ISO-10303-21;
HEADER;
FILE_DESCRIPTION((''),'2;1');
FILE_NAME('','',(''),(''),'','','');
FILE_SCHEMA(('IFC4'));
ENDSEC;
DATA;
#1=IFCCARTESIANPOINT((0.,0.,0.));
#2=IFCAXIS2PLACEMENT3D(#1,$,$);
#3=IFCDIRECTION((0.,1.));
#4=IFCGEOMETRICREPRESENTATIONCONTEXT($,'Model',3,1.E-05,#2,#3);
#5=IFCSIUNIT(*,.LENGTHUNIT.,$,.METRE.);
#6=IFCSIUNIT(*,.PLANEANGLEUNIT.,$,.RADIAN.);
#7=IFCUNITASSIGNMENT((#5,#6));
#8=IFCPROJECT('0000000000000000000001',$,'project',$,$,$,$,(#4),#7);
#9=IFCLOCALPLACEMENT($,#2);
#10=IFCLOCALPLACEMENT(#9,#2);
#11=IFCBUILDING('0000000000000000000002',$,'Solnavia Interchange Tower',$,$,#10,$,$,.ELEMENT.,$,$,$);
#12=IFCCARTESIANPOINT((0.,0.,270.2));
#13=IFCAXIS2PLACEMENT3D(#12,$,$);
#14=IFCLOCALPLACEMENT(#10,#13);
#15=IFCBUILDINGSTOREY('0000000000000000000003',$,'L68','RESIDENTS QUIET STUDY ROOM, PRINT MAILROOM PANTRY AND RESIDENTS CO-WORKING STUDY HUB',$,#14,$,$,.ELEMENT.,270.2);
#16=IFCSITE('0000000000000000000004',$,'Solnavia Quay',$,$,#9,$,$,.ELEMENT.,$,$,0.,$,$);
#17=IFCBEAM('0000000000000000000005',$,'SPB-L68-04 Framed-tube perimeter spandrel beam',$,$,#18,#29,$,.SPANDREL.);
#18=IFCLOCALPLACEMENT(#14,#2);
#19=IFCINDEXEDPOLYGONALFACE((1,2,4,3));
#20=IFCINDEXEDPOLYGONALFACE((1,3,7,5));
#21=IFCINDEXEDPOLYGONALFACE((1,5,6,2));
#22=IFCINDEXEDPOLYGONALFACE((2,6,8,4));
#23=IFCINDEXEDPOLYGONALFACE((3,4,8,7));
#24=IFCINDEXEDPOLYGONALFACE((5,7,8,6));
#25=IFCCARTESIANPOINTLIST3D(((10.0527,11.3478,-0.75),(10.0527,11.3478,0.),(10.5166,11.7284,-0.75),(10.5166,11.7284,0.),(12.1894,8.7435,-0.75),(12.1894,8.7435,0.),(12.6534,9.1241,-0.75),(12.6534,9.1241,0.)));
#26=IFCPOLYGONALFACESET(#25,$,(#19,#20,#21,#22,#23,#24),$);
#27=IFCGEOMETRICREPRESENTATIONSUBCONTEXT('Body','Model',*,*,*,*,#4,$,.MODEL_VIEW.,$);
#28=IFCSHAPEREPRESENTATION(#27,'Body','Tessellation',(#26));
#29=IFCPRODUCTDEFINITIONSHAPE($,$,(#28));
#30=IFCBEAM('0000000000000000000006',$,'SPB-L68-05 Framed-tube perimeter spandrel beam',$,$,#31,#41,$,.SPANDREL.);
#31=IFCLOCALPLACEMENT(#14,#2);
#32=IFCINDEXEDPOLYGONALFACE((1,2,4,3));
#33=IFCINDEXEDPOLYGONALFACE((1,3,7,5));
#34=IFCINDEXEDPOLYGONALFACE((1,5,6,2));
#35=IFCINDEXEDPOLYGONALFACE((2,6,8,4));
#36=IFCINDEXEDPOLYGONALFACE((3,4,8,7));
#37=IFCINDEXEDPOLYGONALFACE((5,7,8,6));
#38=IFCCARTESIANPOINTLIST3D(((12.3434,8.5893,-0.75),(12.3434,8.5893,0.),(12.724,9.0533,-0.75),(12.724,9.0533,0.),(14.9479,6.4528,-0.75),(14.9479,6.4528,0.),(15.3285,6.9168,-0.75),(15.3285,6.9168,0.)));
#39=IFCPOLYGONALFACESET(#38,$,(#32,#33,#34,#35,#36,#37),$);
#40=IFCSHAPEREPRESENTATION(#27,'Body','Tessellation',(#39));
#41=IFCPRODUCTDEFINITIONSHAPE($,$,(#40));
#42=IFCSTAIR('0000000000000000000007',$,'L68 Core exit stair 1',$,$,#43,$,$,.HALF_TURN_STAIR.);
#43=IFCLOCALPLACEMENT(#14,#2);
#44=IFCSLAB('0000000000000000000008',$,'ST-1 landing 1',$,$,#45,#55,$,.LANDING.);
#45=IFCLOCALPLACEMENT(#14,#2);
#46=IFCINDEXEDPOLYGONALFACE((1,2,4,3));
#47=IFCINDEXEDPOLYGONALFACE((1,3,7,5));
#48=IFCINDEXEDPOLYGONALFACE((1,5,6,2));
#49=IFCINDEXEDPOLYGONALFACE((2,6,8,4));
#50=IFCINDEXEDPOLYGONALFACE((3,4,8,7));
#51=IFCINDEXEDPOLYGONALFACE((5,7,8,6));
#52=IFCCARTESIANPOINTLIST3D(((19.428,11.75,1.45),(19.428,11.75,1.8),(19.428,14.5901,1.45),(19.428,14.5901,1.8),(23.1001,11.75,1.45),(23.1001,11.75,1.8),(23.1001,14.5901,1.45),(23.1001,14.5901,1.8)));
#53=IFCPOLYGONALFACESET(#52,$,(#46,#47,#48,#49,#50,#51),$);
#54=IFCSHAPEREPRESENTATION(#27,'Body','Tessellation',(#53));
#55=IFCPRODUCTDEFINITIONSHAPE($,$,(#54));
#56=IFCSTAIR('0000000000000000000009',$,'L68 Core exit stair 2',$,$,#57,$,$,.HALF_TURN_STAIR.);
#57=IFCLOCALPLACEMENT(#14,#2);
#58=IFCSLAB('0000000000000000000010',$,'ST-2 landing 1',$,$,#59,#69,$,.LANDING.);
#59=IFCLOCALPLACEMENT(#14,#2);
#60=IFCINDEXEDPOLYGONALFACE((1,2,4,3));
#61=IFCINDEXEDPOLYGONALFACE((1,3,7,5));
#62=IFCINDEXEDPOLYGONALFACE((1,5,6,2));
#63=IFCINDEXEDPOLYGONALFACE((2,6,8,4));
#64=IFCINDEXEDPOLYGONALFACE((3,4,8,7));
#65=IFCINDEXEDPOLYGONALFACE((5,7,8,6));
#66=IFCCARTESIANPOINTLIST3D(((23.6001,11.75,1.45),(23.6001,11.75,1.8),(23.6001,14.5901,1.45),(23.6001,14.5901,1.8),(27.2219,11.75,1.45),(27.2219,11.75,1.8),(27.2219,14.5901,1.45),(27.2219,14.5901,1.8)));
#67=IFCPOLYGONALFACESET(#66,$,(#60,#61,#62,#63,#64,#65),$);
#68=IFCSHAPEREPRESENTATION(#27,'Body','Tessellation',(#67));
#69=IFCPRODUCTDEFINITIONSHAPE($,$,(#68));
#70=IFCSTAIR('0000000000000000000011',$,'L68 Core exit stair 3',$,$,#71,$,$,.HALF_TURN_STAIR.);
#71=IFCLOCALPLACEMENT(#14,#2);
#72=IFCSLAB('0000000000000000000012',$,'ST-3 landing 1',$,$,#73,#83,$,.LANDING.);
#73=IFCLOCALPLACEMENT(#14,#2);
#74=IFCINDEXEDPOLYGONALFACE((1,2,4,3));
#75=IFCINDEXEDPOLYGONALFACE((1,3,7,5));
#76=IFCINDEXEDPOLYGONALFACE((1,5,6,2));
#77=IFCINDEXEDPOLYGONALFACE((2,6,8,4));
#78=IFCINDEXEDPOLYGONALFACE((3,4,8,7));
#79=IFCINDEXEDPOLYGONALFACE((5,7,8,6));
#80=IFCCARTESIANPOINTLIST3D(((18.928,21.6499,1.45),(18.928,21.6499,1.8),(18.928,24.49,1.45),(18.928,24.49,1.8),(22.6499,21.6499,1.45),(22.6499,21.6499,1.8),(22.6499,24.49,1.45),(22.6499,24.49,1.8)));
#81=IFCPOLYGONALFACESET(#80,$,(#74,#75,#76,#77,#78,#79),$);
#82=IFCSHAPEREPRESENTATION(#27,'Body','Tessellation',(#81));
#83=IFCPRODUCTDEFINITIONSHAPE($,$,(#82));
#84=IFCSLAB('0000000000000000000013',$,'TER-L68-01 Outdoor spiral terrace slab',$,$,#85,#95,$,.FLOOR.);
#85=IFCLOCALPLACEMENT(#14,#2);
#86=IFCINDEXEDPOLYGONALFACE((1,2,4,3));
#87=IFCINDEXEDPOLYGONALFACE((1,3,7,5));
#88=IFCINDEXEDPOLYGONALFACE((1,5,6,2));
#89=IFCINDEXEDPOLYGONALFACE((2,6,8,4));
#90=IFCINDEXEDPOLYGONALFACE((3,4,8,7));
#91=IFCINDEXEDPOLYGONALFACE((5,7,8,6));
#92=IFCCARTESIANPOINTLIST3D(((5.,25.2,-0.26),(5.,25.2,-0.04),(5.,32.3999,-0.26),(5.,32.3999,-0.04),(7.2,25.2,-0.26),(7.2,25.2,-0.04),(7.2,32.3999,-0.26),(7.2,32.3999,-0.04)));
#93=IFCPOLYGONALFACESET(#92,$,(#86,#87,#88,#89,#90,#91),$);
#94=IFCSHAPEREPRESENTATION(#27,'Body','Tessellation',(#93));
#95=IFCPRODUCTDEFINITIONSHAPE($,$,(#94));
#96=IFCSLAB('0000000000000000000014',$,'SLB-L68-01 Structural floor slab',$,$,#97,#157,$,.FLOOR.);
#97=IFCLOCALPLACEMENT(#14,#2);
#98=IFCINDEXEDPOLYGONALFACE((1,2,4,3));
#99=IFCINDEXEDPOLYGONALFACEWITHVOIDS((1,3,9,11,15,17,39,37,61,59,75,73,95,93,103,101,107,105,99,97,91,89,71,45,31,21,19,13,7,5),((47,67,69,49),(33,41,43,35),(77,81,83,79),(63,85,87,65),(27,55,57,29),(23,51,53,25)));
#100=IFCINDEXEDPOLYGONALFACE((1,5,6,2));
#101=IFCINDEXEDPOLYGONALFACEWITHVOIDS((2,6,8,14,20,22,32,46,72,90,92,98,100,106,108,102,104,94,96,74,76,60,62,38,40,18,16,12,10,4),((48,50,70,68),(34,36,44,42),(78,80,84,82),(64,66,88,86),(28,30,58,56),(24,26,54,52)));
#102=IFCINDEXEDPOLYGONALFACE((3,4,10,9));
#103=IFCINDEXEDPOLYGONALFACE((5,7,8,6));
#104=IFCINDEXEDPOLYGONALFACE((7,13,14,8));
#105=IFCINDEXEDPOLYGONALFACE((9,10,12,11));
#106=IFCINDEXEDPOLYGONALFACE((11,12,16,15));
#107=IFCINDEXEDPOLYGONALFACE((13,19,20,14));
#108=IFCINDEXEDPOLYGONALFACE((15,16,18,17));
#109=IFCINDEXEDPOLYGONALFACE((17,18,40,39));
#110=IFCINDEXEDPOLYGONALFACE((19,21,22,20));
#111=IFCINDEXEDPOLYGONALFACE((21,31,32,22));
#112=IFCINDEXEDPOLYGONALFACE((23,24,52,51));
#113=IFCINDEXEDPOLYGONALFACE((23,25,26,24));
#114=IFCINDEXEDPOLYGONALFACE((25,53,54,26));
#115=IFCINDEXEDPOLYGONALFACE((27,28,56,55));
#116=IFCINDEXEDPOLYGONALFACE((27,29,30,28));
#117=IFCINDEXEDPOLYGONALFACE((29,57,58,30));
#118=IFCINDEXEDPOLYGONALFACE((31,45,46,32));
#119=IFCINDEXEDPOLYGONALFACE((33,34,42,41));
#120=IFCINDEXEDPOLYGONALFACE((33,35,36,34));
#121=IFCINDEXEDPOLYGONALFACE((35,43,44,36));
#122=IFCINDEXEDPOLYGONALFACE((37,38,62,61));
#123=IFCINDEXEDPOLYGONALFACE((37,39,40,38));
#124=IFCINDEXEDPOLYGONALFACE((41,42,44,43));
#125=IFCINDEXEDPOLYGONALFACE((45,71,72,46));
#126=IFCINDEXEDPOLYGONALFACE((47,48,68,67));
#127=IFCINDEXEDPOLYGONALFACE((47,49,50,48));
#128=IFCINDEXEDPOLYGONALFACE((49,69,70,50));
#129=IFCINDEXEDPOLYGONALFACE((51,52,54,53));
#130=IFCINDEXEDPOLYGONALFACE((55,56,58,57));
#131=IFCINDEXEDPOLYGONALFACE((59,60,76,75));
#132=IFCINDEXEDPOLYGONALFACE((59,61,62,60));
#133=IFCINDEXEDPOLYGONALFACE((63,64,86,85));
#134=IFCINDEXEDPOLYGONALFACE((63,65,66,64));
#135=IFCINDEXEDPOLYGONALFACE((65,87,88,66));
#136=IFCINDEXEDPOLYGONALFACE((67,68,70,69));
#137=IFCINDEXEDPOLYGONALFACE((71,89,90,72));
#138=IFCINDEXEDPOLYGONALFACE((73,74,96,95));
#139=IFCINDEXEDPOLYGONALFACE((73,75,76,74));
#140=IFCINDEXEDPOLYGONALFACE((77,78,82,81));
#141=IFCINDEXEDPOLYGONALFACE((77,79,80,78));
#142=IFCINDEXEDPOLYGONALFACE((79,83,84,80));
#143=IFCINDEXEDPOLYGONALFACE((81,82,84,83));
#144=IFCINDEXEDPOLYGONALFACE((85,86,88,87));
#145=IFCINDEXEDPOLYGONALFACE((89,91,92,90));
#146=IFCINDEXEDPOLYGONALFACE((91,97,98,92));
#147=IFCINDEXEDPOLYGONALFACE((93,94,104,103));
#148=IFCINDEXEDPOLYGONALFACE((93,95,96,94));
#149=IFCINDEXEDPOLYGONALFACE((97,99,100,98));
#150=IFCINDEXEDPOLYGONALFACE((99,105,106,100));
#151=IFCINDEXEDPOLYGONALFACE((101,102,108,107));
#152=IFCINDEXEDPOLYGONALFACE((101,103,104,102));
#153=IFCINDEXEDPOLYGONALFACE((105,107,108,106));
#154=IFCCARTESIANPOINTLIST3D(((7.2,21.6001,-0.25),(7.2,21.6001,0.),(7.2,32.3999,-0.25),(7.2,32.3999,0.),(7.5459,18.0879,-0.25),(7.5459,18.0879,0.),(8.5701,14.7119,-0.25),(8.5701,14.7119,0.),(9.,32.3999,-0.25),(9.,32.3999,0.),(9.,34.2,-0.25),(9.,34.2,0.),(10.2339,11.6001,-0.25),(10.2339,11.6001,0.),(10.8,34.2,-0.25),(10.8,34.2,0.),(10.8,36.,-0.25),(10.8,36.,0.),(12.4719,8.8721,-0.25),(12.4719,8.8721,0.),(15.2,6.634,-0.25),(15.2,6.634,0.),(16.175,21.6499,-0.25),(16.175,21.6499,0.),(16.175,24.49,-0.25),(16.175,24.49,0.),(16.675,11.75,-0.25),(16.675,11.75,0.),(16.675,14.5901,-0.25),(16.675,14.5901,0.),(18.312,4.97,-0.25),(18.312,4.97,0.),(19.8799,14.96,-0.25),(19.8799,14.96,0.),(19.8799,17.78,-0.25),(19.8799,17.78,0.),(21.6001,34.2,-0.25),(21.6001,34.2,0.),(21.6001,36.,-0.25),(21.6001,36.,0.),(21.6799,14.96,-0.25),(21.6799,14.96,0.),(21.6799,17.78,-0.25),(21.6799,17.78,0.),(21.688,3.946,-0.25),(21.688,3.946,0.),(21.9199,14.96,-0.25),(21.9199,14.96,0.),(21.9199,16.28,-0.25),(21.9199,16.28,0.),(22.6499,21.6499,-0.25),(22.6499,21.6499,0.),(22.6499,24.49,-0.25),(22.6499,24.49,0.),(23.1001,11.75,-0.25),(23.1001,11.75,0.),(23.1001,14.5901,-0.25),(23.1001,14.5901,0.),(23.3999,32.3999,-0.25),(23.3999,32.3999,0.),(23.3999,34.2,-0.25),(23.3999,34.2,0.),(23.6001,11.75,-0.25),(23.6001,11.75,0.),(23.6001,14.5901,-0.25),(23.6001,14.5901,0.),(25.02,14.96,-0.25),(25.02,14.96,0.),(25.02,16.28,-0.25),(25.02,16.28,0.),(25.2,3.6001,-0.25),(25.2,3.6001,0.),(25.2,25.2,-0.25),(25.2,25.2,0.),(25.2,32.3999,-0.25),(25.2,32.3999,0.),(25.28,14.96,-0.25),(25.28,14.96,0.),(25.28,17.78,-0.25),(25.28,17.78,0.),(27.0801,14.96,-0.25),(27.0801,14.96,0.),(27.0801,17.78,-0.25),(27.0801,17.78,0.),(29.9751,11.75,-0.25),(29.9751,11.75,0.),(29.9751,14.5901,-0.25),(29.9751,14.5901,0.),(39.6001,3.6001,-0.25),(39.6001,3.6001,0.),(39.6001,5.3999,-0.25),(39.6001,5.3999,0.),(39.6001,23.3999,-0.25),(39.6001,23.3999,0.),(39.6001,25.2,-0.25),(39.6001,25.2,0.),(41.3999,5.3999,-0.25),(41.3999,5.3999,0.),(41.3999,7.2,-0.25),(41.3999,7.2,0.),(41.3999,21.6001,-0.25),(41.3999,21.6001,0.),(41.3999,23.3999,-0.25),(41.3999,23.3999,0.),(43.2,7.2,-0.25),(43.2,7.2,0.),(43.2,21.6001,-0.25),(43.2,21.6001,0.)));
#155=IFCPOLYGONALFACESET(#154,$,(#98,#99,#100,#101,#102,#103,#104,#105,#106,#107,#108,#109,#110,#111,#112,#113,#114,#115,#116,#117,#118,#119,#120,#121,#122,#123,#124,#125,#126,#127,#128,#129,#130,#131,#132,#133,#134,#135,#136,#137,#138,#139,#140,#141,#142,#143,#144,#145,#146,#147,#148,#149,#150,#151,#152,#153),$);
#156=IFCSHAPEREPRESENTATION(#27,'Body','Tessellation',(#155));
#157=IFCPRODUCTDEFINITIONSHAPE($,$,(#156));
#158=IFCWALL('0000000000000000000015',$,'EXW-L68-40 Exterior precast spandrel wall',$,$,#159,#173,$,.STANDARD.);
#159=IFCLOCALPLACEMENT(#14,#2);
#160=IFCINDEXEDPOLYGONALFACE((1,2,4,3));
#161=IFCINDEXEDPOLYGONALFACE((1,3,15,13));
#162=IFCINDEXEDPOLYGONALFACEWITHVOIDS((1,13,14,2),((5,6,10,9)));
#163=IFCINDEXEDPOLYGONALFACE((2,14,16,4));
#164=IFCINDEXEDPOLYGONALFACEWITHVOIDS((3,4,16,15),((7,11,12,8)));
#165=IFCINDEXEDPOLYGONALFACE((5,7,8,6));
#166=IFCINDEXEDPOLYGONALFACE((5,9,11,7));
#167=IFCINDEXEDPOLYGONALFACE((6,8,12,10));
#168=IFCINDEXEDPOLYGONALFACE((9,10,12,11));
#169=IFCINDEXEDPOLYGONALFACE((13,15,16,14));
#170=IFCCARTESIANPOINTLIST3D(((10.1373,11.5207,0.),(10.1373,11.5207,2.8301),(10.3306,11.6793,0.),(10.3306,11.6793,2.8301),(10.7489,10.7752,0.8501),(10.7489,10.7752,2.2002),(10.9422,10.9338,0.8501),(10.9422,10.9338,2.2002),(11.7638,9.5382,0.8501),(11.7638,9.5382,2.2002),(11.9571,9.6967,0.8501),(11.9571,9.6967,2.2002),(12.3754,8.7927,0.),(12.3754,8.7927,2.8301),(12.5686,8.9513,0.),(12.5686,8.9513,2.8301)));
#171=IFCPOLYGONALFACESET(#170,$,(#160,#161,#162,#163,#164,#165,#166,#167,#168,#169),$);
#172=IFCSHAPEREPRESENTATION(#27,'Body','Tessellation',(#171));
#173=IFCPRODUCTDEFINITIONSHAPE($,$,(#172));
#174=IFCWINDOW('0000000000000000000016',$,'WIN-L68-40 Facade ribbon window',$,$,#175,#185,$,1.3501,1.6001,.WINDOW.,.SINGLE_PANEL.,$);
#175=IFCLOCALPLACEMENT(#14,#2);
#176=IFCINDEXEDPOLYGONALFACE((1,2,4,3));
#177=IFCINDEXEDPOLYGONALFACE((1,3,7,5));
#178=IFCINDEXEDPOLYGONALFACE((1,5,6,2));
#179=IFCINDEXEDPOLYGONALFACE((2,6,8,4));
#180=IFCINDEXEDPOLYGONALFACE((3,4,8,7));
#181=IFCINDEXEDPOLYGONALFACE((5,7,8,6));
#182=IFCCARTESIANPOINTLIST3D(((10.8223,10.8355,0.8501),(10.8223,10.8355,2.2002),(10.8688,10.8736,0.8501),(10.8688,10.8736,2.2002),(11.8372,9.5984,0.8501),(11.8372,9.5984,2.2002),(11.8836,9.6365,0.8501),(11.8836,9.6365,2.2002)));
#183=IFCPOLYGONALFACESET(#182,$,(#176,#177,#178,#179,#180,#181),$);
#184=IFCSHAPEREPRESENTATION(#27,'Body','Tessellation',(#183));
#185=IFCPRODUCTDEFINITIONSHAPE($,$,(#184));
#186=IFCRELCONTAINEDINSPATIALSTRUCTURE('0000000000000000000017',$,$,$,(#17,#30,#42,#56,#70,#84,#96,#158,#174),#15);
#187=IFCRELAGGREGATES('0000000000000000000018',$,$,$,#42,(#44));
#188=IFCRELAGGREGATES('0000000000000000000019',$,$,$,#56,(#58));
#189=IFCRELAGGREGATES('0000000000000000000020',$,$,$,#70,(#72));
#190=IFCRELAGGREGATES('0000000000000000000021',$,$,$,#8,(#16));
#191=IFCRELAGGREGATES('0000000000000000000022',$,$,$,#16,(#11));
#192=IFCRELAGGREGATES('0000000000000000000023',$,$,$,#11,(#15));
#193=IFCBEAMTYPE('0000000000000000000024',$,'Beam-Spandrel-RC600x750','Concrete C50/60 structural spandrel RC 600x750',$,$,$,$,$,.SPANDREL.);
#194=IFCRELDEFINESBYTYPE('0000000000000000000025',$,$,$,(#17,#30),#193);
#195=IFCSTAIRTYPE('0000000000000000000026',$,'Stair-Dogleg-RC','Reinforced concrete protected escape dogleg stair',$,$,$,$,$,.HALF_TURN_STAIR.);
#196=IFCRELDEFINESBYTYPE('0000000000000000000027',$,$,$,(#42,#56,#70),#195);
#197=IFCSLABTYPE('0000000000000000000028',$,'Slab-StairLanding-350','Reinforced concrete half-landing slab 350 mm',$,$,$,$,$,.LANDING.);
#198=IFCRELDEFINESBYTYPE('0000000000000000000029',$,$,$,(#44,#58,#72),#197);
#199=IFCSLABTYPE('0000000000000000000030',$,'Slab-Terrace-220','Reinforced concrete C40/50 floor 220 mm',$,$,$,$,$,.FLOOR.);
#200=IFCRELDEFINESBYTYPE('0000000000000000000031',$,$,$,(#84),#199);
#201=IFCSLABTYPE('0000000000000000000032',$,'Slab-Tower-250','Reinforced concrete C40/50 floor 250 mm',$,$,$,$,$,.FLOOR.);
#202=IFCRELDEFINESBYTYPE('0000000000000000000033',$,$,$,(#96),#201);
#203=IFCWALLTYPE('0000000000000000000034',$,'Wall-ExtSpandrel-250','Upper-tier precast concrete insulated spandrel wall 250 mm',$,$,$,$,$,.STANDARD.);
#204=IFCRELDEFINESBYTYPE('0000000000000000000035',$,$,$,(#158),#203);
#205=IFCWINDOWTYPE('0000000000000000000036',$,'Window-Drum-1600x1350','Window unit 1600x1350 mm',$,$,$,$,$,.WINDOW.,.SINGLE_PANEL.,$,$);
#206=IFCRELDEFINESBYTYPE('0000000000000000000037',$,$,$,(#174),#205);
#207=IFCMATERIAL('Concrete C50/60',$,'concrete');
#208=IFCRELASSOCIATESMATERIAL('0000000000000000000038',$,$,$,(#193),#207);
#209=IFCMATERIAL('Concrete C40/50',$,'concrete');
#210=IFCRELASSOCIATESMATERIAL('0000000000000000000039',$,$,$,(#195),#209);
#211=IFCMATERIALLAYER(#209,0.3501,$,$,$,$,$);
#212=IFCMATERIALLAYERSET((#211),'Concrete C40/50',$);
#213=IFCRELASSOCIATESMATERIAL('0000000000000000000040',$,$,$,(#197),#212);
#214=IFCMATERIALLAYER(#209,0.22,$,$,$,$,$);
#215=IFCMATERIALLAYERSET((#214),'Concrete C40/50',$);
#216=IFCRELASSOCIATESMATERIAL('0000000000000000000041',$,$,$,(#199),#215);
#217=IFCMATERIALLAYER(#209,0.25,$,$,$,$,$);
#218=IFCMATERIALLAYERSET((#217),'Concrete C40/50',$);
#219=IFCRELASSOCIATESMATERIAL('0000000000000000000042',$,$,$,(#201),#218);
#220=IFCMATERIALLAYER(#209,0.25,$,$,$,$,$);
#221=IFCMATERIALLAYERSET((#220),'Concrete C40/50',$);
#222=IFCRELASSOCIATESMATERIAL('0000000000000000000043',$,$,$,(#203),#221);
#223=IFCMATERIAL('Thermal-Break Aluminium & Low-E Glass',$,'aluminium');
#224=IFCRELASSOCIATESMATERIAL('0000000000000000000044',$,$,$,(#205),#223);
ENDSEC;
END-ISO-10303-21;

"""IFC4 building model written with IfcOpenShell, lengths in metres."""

from ifc_helpers import new_model, si_unit, direction, frame, frame_2d, origin, origin_2d, place, context, subcontext, project, spatial, polyline, rectangle, outline, extrude, material, layer, layer_set, material_profile, profile_set, type_object, element, fill, aggregate, save


model = new_model("IFC4")

# Units and contexts
model_context = context("Model", 3, precision=1e-05, world=origin(), true_north=direction((0.0, 1.0)))
body_context = subcontext(model_context, "Body", "Model", "MODEL_VIEW")
ifc_project = project(units=[si_unit("LENGTHUNIT", "METRE"), si_unit("PLANEANGLEUNIT", "RADIAN")], contexts=[model_context])

# Site, building, storey
site_placement = place(None, origin())
site = spatial("IfcSite", under=ifc_project, at=site_placement, Name="Solnavia Quay", CompositionType="ELEMENT", RefElevation=0.0)
building_placement = place(site_placement, origin())
building = spatial("IfcBuilding", under=site, at=building_placement, Name="Solnavia Interchange Tower", CompositionType="ELEMENT")
storey_placement = place(building_placement, frame((0.0, 0.0, 270.2)))
storey = spatial("IfcBuildingStorey", under=building, at=storey_placement, Name="L68", Description="RESIDENTS QUIET STUDY ROOM, PRINT MAILROOM PANTRY AND RESIDENTS CO-WORKING STUDY HUB", CompositionType="ELEMENT", Elevation=270.2)

# Shared definitions
ifc_material_1 = material(Name="Concrete C50/60", Category="concrete")

# Beams
ifc_material_profile_1 = material_profile(ifc_material_1, rectangle(XDim=0.6001, YDim=0.75, at=origin_2d()), Name="RC 600x750")
ifc_profile_set_1 = profile_set([ifc_material_profile_1], Name="Concrete C50/60")
beam_type_1 = type_object("IfcBeamType", Name="Beam-Spandrel-RC600x750", Description="Concrete C50/60 structural spandrel RC 600x750", PredefinedType="SPANDREL", material=ifc_profile_set_1)
for number, where, z_axis, x_axis, name in (
    (1, (10.2847, 11.5381, -0.375), (0.634299, -0.773088, 0.0), (0.773088, 0.634299, 0.0), "SPB-L68-04 Framed-tube perimeter spandrel beam"),
    (2, (12.5337, 8.8213, -0.375), (0.773153, -0.63422, 0.0), (0.63422, 0.773153, 0.0), "SPB-L68-05 Framed-tube perimeter spandrel beam"),
):
    element("IfcBeam", number, at=place(storey_placement, frame(where, z_axis=z_axis, x_axis=x_axis)), inside=storey, type_object=beam_type_1, Name=name, PredefinedType="SPANDREL", context=body_context, shape_type="SweptSolid", body=[
        extrude(rectangle(XDim=0.6001, YDim=0.75, at=origin_2d()), origin(), (0.0, 0.0, 1.0), 3.3687),
    ])

# Stairs, slabs
ifc_material_2 = material(Name="Concrete C40/50", Category="concrete")
stair_type = type_object("IfcStairType", Name="Stair-Dogleg-RC", Description="Reinforced concrete protected escape dogleg stair", PredefinedType="HALF_TURN_STAIR", material=ifc_material_2)
stair_1_placement = place(storey_placement, origin())
stair_1 = element("IfcStair", 3, at=stair_1_placement, inside=storey, type_object=stair_type, Name="L68 Core exit stair 1", PredefinedType="HALF_TURN_STAIR")
ifc_layer_1 = layer(ifc_material_2, 0.3501)
ifc_layer_set_1 = layer_set([ifc_layer_1], Name="Concrete C40/50")
slab_type_1 = type_object("IfcSlabType", Name="Slab-StairLanding-350", Description="Reinforced concrete half-landing slab 350 mm", PredefinedType="LANDING", material=ifc_layer_set_1)
slab_1_placement = place(storey_placement, frame((0.0, 0.0, 1.45)))
slab_1 = element("IfcSlab", 4, at=slab_1_placement, type_object=slab_type_1, Name="ST-1 landing 1", PredefinedType="LANDING", context=body_context, shape_type="SweptSolid", body=[
    extrude(outline(polyline([(19.428, 11.75), (23.1001, 11.75), (23.1001, 14.5901), (19.428, 14.5901), (19.428, 11.75)])), origin(), (0.0, 0.0, 1.0), 0.3501),
])
aggregate(stair_1, [slab_1])
stair_2_placement = place(storey_placement, origin())
stair_2 = element("IfcStair", 5, at=stair_2_placement, inside=storey, type_object=stair_type, Name="L68 Core exit stair 2", PredefinedType="HALF_TURN_STAIR")
slab_2_placement = place(storey_placement, frame((0.0, 0.0, 1.45)))
slab_2 = element("IfcSlab", 6, at=slab_2_placement, type_object=slab_type_1, Name="ST-2 landing 1", PredefinedType="LANDING", context=body_context, shape_type="SweptSolid", body=[
    extrude(outline(polyline([(23.6001, 11.75), (27.2219, 11.75), (27.2219, 14.5901), (23.6001, 14.5901), (23.6001, 11.75)])), origin(), (0.0, 0.0, 1.0), 0.3501),
])
aggregate(stair_2, [slab_2])
stair_3_placement = place(storey_placement, origin())
stair_3 = element("IfcStair", 7, at=stair_3_placement, inside=storey, type_object=stair_type, Name="L68 Core exit stair 3", PredefinedType="HALF_TURN_STAIR")
slab_3_placement = place(storey_placement, frame((0.0, 0.0, 1.45)))
slab_3 = element("IfcSlab", 8, at=slab_3_placement, type_object=slab_type_1, Name="ST-3 landing 1", PredefinedType="LANDING", context=body_context, shape_type="SweptSolid", body=[
    extrude(outline(polyline([(18.928, 21.6499), (22.6499, 21.6499), (22.6499, 24.49), (18.928, 24.49), (18.928, 21.6499)])), origin(), (0.0, 0.0, 1.0), 0.3501),
])
aggregate(stair_3, [slab_3])

# Slabs
ifc_layer_2 = layer(ifc_material_2, 0.22)
ifc_layer_set_2 = layer_set([ifc_layer_2], Name="Concrete C40/50")
slab_type_2 = type_object("IfcSlabType", Name="Slab-Terrace-220", Description="Reinforced concrete C40/50 floor 220 mm", PredefinedType="FLOOR", material=ifc_layer_set_2)
slab_4_placement = place(storey_placement, frame((0.0, 0.0, -0.26)))
element("IfcSlab", 9, at=slab_4_placement, inside=storey, type_object=slab_type_2, Name="TER-L68-01 Outdoor spiral terrace slab", PredefinedType="FLOOR", context=body_context, shape_type="SweptSolid", body=[
    extrude(outline(polyline([(5.0, 25.2), (7.2, 25.2), (7.2, 32.3999), (5.0, 32.3999), (5.0, 25.2)])), origin(), (0.0, 0.0, 1.0), 0.22),
])
ifc_layer_3 = layer(ifc_material_2, 0.25)
ifc_layer_set_3 = layer_set([ifc_layer_3], Name="Concrete C40/50")
slab_type_3 = type_object("IfcSlabType", Name="Slab-Tower-250", Description="Reinforced concrete C40/50 floor 250 mm", PredefinedType="FLOOR", material=ifc_layer_set_3)
slab_5_placement = place(storey_placement, frame((0.0, 0.0, -0.25)))
element("IfcSlab", 10, at=slab_5_placement, inside=storey, type_object=slab_type_3, Name="SLB-L68-01 Structural floor slab", PredefinedType="FLOOR", context=body_context, shape_type="SweptSolid", body=[
    extrude(outline(polyline([(25.2, 3.6001), (39.6001, 3.6001), (39.6001, 5.3999), (41.3999, 5.3999), (41.3999, 7.2), (43.2, 7.2), (43.2, 21.6001), (41.3999, 21.6001), (41.3999, 23.3999), (39.6001, 23.3999), (39.6001, 25.2), (25.2, 25.2), (25.2, 32.3999), (23.3999, 32.3999), (23.3999, 34.2), (21.6001, 34.2), (21.6001, 36.0), (10.8, 36.0), (10.8, 34.2), (9.0, 34.2), (9.0, 32.3999), (7.2, 32.3999), (7.2, 21.6001), (7.5459, 18.0879), (8.5701, 14.7119), (10.2339, 11.6001), (12.4719, 8.8721), (15.2, 6.634), (18.312, 4.97), (21.688, 3.946), (25.2, 3.6001)]), holes=[polyline([(16.675, 11.75), (23.1001, 11.75), (23.1001, 14.5901), (16.675, 14.5901), (16.675, 11.75)]), polyline([(23.6001, 11.75), (29.9751, 11.75), (29.9751, 14.5901), (23.6001, 14.5901), (23.6001, 11.75)]), polyline([(16.175, 21.6499), (22.6499, 21.6499), (22.6499, 24.49), (16.175, 24.49), (16.175, 21.6499)]), polyline([(19.8799, 14.96), (21.6799, 14.96), (21.6799, 17.78), (19.8799, 17.78), (19.8799, 14.96)]), polyline([(25.28, 14.96), (27.0801, 14.96), (27.0801, 17.78), (25.28, 17.78), (25.28, 14.96)]), polyline([(21.9199, 14.96), (25.02, 14.96), (25.02, 16.28), (21.9199, 16.28), (21.9199, 14.96)])]), origin(), (0.0, 0.0, 1.0), 0.25),
])

# Wall, opening, window
ifc_layer_4 = layer(ifc_material_2, 0.25)
ifc_layer_set_4 = layer_set([ifc_layer_4], Name="Concrete C40/50")
wall_type = type_object("IfcWallType", Name="Wall-ExtSpandrel-250", Description="Upper-tier precast concrete insulated spandrel wall 250 mm", PredefinedType="STANDARD", material=ifc_layer_set_4)
wall_placement = place(storey_placement, frame((12.4719, 8.8721, 0.0), z_axis=(0.0, 0.0, 1.0), x_axis=(-0.634258, 0.773121, 0.0)))
wall = element("IfcWall", 11, at=wall_placement, inside=storey, type_object=wall_type, Name="EXW-L68-40 Exterior precast spandrel wall", PredefinedType="STANDARD", context=body_context, shape_type="SweptSolid", body=[
    extrude(rectangle(XDim=3.5286, YDim=0.25, at=frame_2d((1.7642, 0.0))), origin(), (0.0, 0.0, 1.0), 2.8301),
])
opening_placement = place(wall_placement, frame((0.9641, 0.0, 0.8501)))
opening = element("IfcOpeningElement", 12, at=opening_placement, cuts=wall, PredefinedType="OPENING", context=body_context, shape_type="SweptSolid", body=[
    extrude(rectangle(XDim=1.6001, YDim=1.3501, at=frame_2d((0.8, 0.675))), frame((0.0, 0.135, 0.0), z_axis=(0.0, -1.0, 0.0), x_axis=(1.0, 0.0, 0.0)), (0.0, 0.0, 1.0), 0.27),
])
ifc_material_3 = material(Name="Thermal-Break Aluminium & Low-E Glass", Category="aluminium")
window_type = type_object("IfcWindowType", Name="Window-Drum-1600x1350", Description="Window unit 1600x1350 mm", PartitioningType="SINGLE_PANEL", PredefinedType="WINDOW", material=ifc_material_3)
window_placement = place(opening_placement, origin())
window = element("IfcWindow", 13, at=window_placement, inside=storey, type_object=window_type, Name="WIN-L68-40 Facade ribbon window", OverallHeight=1.3501, OverallWidth=1.6001, PartitioningType="SINGLE_PANEL", PredefinedType="WINDOW", context=body_context, shape_type="SweptSolid", body=[
    extrude(rectangle(XDim=1.6001, YDim=1.3501, at=frame_2d((0.8, 0.675))), frame((0.0, 0.03, 0.0), z_axis=(0.0, -1.0, 0.0), x_axis=(1.0, 0.0, 0.0)), (0.0, 0.0, 1.0), 0.0601),
])
fill(opening, window)

save(model, "model.ifc")
